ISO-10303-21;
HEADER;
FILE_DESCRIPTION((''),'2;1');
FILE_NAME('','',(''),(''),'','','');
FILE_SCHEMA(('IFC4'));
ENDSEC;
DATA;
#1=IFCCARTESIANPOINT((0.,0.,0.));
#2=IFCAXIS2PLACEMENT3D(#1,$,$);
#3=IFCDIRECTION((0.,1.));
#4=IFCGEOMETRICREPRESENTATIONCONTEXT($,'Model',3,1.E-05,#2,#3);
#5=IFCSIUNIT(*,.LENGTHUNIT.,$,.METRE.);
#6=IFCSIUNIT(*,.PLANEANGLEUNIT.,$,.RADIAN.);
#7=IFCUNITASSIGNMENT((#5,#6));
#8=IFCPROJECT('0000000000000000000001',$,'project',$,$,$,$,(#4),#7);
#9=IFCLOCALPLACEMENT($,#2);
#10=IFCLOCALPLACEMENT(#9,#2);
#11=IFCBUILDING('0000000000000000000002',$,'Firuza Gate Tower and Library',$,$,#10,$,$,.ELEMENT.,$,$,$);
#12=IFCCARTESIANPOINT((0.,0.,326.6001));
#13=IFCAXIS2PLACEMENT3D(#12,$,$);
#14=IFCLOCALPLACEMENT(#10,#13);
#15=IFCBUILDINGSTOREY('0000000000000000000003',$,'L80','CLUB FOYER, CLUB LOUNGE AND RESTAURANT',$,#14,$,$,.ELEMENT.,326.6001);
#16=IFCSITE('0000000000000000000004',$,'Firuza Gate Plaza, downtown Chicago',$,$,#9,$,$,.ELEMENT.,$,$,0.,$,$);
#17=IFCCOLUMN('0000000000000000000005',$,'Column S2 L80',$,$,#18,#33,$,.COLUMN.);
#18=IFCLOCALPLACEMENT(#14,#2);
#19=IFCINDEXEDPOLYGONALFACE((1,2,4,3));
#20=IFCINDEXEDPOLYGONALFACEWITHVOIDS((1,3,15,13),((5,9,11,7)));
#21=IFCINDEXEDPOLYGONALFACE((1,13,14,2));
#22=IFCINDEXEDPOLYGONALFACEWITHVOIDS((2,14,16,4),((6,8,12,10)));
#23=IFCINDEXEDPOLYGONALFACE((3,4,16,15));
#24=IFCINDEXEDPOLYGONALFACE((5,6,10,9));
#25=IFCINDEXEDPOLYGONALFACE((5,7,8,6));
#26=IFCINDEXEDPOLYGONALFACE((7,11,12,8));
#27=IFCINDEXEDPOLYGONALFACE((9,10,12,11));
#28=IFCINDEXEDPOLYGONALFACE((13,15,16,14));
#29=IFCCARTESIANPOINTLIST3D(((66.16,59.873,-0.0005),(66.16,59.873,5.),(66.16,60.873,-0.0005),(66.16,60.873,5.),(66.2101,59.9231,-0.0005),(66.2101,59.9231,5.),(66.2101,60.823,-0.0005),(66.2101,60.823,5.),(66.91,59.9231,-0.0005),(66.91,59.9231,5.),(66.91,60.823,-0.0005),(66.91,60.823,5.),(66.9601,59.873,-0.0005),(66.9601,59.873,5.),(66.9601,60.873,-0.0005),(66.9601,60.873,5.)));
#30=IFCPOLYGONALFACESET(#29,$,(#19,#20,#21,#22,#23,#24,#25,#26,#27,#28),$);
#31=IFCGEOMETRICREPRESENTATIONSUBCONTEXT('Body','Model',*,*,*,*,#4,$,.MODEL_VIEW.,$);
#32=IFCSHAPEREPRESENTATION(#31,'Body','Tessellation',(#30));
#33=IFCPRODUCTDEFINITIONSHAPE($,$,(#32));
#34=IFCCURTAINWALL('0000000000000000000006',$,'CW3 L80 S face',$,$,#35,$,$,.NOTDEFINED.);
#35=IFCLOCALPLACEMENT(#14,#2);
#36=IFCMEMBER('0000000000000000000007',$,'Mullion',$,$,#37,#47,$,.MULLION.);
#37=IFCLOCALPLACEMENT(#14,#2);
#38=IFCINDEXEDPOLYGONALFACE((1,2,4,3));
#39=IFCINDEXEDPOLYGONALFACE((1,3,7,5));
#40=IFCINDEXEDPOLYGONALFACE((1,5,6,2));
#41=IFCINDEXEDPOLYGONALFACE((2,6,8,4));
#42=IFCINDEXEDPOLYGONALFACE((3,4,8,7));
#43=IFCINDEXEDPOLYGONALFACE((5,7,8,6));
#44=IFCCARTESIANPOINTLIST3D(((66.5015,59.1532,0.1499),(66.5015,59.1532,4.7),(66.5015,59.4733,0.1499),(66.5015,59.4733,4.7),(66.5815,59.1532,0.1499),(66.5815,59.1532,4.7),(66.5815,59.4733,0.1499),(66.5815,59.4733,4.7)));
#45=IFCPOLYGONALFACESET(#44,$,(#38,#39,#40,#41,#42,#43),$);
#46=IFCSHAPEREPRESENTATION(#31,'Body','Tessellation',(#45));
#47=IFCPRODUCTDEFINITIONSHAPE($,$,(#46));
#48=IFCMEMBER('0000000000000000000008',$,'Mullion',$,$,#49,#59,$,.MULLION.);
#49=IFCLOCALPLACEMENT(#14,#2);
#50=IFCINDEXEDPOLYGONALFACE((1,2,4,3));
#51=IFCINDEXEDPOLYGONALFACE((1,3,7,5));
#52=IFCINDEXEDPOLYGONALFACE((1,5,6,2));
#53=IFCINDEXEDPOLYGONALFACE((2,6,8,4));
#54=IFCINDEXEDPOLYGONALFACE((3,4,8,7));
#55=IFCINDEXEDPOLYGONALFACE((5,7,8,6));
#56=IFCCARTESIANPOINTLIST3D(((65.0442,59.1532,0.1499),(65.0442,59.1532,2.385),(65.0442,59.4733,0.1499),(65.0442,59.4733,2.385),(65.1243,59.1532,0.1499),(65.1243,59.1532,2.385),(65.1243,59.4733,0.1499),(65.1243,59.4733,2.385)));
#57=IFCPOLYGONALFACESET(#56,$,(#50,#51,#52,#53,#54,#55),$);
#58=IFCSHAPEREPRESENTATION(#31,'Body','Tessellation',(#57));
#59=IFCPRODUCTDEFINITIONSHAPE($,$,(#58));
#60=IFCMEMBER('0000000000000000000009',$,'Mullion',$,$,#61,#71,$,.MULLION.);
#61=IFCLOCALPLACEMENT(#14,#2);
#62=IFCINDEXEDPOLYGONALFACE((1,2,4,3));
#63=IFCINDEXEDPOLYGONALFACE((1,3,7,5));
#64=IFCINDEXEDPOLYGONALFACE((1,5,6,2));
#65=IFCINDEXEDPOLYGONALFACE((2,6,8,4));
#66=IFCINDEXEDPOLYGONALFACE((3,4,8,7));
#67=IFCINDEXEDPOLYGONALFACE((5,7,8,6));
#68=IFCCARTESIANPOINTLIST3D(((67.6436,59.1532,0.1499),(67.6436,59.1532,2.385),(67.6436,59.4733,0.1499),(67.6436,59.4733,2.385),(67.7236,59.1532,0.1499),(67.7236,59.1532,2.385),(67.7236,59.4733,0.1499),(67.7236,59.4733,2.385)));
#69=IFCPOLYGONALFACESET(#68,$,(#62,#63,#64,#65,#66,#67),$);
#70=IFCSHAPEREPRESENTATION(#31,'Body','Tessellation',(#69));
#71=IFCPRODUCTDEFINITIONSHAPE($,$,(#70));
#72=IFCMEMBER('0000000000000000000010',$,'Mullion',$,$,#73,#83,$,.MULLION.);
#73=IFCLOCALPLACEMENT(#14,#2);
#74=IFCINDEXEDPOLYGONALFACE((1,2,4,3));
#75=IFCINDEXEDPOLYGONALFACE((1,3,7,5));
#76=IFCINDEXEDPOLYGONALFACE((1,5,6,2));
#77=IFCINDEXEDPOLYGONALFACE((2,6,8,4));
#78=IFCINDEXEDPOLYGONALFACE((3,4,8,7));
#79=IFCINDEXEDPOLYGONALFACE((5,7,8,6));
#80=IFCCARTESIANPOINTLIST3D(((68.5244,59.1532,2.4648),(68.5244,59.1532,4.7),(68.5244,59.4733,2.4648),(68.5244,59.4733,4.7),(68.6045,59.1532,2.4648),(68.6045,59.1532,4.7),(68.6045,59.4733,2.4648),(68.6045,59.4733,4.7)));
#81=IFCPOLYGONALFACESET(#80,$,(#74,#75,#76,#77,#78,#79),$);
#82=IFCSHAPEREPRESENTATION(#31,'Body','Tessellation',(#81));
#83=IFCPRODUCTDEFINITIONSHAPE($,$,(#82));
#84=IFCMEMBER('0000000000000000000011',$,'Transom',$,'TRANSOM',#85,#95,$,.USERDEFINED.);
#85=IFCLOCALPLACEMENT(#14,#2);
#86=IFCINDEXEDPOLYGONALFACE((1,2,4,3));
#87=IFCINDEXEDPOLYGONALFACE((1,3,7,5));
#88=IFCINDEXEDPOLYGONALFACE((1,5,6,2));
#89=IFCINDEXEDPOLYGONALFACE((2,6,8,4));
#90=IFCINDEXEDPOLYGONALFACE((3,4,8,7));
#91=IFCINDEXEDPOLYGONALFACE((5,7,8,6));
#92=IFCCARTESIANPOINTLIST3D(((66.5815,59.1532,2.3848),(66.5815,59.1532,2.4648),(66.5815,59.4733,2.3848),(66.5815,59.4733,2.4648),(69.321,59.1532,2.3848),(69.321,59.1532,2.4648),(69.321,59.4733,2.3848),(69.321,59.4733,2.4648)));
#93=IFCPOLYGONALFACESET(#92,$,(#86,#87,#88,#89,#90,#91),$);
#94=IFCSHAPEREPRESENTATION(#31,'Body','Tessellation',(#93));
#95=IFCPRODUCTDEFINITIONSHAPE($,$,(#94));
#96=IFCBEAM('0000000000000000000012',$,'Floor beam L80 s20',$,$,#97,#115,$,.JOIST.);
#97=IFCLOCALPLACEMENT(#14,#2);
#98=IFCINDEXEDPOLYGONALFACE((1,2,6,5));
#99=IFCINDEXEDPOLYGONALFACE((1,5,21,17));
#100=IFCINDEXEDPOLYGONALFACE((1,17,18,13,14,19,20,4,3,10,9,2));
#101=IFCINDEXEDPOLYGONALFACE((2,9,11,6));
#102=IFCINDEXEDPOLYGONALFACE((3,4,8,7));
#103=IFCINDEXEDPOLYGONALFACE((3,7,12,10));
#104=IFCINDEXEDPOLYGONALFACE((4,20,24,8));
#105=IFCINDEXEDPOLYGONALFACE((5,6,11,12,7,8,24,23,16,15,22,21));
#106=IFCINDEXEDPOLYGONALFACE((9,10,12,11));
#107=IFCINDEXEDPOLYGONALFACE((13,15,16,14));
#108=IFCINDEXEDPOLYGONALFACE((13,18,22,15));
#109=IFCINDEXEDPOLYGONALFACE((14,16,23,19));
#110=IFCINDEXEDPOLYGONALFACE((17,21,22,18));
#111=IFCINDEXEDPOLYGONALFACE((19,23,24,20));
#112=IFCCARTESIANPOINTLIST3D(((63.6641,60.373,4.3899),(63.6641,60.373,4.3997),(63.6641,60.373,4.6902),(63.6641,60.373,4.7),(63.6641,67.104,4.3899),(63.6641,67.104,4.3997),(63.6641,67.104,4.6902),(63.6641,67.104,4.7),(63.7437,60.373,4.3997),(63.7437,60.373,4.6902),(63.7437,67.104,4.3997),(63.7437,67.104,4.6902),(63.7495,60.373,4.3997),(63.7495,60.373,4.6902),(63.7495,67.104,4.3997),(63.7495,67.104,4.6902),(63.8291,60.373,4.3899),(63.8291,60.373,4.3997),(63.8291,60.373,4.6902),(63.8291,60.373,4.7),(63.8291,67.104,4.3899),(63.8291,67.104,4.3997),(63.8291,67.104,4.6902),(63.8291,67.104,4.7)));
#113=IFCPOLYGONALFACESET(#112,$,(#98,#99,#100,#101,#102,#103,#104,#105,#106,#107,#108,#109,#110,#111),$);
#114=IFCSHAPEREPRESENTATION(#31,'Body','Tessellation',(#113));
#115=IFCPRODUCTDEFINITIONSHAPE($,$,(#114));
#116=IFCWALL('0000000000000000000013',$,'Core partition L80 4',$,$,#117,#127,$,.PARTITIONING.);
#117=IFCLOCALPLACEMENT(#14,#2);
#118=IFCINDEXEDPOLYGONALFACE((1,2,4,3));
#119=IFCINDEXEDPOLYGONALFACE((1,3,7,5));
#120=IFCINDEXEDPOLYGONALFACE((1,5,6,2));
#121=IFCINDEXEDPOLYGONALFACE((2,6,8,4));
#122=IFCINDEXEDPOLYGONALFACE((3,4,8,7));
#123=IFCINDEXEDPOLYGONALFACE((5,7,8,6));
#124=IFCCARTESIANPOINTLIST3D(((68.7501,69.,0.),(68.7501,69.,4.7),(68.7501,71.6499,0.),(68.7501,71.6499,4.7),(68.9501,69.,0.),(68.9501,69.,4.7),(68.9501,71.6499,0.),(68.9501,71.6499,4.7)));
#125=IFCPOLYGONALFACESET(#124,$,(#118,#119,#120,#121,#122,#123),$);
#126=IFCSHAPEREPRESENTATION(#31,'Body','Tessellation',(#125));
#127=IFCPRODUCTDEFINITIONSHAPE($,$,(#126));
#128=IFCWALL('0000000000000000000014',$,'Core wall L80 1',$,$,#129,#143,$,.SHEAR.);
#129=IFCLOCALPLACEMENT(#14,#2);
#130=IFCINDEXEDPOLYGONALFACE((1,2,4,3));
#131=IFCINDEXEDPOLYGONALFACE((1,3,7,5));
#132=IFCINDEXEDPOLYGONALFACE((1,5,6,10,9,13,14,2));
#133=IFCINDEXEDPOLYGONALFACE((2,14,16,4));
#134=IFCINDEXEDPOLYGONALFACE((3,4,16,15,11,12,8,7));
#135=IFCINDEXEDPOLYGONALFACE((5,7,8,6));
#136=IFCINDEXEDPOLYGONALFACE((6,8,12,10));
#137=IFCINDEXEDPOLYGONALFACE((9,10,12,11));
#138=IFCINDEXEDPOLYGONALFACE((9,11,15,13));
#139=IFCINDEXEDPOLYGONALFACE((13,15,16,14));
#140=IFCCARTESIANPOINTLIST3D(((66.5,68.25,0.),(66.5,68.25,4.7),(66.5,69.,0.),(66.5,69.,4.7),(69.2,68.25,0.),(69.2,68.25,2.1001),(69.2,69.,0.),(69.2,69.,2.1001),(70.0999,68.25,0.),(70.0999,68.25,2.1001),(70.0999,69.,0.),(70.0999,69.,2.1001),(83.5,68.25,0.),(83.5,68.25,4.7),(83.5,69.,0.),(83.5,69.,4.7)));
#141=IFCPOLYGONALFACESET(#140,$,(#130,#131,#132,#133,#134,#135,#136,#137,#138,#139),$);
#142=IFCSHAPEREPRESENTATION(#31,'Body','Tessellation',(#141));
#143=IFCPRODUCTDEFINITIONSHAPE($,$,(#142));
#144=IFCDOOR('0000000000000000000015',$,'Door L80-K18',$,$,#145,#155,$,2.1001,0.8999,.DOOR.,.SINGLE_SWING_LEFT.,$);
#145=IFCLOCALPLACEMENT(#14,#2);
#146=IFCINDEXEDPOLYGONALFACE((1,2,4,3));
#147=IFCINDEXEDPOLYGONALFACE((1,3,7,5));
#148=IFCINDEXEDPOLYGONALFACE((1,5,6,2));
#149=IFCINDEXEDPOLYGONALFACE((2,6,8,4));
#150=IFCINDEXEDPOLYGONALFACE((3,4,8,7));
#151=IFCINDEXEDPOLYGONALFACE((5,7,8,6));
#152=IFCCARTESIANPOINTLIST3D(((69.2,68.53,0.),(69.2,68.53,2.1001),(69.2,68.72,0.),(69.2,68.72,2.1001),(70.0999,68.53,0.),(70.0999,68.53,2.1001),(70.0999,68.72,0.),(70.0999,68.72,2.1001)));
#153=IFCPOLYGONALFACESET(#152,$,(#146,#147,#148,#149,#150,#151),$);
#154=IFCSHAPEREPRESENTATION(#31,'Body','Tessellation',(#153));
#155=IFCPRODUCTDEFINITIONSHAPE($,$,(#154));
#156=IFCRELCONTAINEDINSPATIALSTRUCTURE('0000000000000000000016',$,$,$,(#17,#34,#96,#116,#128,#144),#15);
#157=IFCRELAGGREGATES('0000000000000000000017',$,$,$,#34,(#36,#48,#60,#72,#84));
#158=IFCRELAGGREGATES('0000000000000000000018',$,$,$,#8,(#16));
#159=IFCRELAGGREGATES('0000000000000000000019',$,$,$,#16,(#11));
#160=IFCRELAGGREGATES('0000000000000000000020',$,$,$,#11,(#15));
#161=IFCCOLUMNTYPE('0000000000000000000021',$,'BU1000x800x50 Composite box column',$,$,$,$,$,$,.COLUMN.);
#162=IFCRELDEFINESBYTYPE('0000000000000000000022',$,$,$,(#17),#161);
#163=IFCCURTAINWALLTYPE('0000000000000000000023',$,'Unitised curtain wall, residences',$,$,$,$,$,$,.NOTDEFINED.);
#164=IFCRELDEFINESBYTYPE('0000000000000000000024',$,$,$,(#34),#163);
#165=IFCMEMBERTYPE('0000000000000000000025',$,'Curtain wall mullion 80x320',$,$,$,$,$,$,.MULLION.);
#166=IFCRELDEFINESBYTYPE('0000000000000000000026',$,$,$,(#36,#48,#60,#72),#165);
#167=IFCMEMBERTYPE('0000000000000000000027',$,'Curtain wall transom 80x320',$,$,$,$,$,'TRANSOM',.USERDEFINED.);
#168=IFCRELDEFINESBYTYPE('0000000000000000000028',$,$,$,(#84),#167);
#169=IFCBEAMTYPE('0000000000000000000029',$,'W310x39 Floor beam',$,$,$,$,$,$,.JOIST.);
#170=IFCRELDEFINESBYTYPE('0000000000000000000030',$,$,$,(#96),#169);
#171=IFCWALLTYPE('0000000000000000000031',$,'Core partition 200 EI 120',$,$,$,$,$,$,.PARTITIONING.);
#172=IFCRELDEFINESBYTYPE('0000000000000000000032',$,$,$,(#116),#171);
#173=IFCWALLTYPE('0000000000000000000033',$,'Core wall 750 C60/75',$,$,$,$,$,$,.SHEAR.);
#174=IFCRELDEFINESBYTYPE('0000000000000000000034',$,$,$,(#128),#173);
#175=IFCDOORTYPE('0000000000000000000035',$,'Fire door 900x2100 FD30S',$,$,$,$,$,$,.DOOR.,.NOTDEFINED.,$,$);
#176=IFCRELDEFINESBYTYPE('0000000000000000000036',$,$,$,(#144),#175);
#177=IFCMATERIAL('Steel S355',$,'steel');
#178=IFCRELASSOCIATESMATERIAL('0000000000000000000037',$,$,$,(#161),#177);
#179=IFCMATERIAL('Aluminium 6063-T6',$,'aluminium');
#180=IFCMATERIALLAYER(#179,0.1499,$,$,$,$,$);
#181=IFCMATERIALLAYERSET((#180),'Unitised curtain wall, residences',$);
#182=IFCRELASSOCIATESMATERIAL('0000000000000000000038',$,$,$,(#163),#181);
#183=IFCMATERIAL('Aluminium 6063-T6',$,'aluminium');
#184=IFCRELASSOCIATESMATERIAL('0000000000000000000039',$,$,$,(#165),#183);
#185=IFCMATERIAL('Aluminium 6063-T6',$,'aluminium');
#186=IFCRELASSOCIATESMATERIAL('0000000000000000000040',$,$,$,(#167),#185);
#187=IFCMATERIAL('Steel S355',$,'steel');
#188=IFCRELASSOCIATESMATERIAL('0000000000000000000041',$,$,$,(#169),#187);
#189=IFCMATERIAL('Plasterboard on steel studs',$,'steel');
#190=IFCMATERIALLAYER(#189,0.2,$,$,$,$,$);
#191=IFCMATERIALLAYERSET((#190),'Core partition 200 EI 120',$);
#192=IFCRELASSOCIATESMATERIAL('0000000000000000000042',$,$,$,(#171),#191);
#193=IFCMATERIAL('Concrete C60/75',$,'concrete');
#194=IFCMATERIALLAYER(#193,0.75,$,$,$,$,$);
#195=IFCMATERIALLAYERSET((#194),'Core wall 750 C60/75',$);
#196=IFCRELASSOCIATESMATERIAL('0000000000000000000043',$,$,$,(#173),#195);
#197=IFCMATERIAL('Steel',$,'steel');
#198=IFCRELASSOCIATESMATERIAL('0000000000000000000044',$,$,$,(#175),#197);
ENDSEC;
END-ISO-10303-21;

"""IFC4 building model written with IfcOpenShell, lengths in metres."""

from ifc_helpers import new_model, si_unit, direction, frame, frame_2d, origin, origin_2d, place, context, subcontext, project, spatial, rectangle, hollow_rectangle, i_section, extrude, material, layer, layer_set, material_profile, profile_set, type_object, element, fill, aggregate, save


model = new_model("IFC4")

# Units and contexts
model_context = context("Model", 3, precision=1e-05, world=origin(), true_north=direction((0.0, 1.0)))
body_context = subcontext(model_context, "Body", "Model", "MODEL_VIEW")
ifc_project = project(units=[si_unit("LENGTHUNIT", "METRE"), si_unit("PLANEANGLEUNIT", "RADIAN")], contexts=[model_context])

# Site, building, storey
site_placement = place(None, origin())
site = spatial("IfcSite", under=ifc_project, at=site_placement, Name="Firuza Gate Plaza, downtown Chicago", CompositionType="ELEMENT", RefElevation=0.0)
building_placement = place(site_placement, origin())
building = spatial("IfcBuilding", under=site, at=building_placement, Name="Firuza Gate Tower and Library", CompositionType="ELEMENT")
storey_placement = place(building_placement, frame((0.0, 0.0, 326.6001)))
storey = spatial("IfcBuildingStorey", under=building, at=storey_placement, Name="L80", Description="CLUB FOYER, CLUB LOUNGE AND RESTAURANT", CompositionType="ELEMENT", Elevation=326.6001)

# Column
ifc_material_1 = material(Name="Steel S355", Category="steel")
ifc_material_profile_1 = material_profile(ifc_material_1, hollow_rectangle(XDim=0.8, YDim=1.0, WallThickness=0.05, at=origin_2d()))
ifc_profile_set_1 = profile_set([ifc_material_profile_1], Name="Steel S355")
column_type = type_object("IfcColumnType", Name="BU1000x800x50 Composite box column", PredefinedType="COLUMN", material=ifc_profile_set_1)
column_placement = place(storey_placement, frame((66.5601, 60.373, -0.0005), z_axis=(0.0, 0.0, 1.0), x_axis=(1.0, 0.0, 0.0)))
element("IfcColumn", 1, at=column_placement, inside=storey, type_object=column_type, Name="Column S2 L80", PredefinedType="COLUMN", context=body_context, shape_type="SweptSolid", body=[
    extrude(hollow_rectangle(XDim=0.8, YDim=1.0, WallThickness=0.05, at=origin_2d()), origin(), (0.0, 0.0, 1.0), 5.0005),
])

# Curtain wall, members
ifc_material_2 = material(Name="Aluminium 6063-T6", Category="aluminium")
ifc_layer_1 = layer(ifc_material_2, 0.1499)
ifc_layer_set_1 = layer_set([ifc_layer_1], Name="Unitised curtain wall, residences")
curtain_wall_type = type_object("IfcCurtainWallType", Name="Unitised curtain wall, residences", PredefinedType="NOTDEFINED", material=ifc_layer_set_1)
curtain_wall_placement = place(storey_placement, origin())
curtain_wall = element("IfcCurtainWall", 2, at=curtain_wall_placement, inside=storey, type_object=curtain_wall_type, Name="CW3 L80 S face", PredefinedType="NOTDEFINED")
ifc_material_3 = material(Name="Aluminium 6063-T6", Category="aluminium")
ifc_material_profile_2 = material_profile(ifc_material_3, rectangle(XDim=0.3201, YDim=0.0801, at=origin_2d()))
ifc_profile_set_2 = profile_set([ifc_material_profile_2], Name="Aluminium 6063-T6")
member_type_1 = type_object("IfcMemberType", Name="Curtain wall mullion 80x320", PredefinedType="MULLION", material=ifc_profile_set_2)
member_1_placement = place(storey_placement, frame((66.5415, 59.3132, 0.1499), z_axis=(0.0, 0.0, 1.0), x_axis=(0.0, 1.0, 0.0)))
member_1 = element("IfcMember", 3, at=member_1_placement, type_object=member_type_1, Name="Mullion", PredefinedType="MULLION", context=body_context, shape_type="SweptSolid", body=[
    extrude(rectangle(XDim=0.3201, YDim=0.0801, at=origin_2d()), origin(), (0.0, 0.0, 1.0), 4.55),
])
member_2_placement = place(storey_placement, frame((65.0842, 59.3132, 0.1499), z_axis=(0.0, 0.0, 1.0), x_axis=(0.0, 1.0, 0.0)))
member_2 = element("IfcMember", 4, at=member_2_placement, type_object=member_type_1, Name="Mullion", PredefinedType="MULLION", context=body_context, shape_type="SweptSolid", body=[
    extrude(rectangle(XDim=0.3201, YDim=0.0801, at=origin_2d()), origin(), (0.0, 0.0, 1.0), 2.2351),
])
member_3_placement = place(storey_placement, frame((67.6836, 59.3132, 0.1499), z_axis=(0.0, 0.0, 1.0), x_axis=(0.0, 1.0, 0.0)))
member_3 = element("IfcMember", 5, at=member_3_placement, type_object=member_type_1, Name="Mullion", PredefinedType="MULLION", context=body_context, shape_type="SweptSolid", body=[
    extrude(rectangle(XDim=0.3201, YDim=0.0801, at=origin_2d()), origin(), (0.0, 0.0, 1.0), 2.2351),
])
member_4_placement = place(storey_placement, frame((68.5645, 59.3132, 2.4648), z_axis=(0.0, 0.0, 1.0), x_axis=(0.0, 1.0, 0.0)))
member_4 = element("IfcMember", 6, at=member_4_placement, type_object=member_type_1, Name="Mullion", PredefinedType="MULLION", context=body_context, shape_type="SweptSolid", body=[
    extrude(rectangle(XDim=0.3201, YDim=0.0801, at=origin_2d()), origin(), (0.0, 0.0, 1.0), 2.2351),
])
ifc_material_4 = material(Name="Aluminium 6063-T6", Category="aluminium")
ifc_material_profile_3 = material_profile(ifc_material_4, rectangle(XDim=0.3201, YDim=0.0801, at=origin_2d()))
ifc_profile_set_3 = profile_set([ifc_material_profile_3], Name="Aluminium 6063-T6")
member_type_2 = type_object("IfcMemberType", Name="Curtain wall transom 80x320", ElementType="TRANSOM", PredefinedType="USERDEFINED", material=ifc_profile_set_3)
member_5_placement = place(storey_placement, frame((66.5815, 59.3132, 2.4248), z_axis=(1.0, 0.0, 0.0), x_axis=(0.0, 1.0, 0.0)))
member_5 = element("IfcMember", 7, at=member_5_placement, type_object=member_type_2, Name="Transom", ObjectType="TRANSOM", PredefinedType="USERDEFINED", context=body_context, shape_type="SweptSolid", body=[
    extrude(rectangle(XDim=0.3201, YDim=0.0801, at=origin_2d()), origin(), (0.0, 0.0, 1.0), 2.7395),
])
aggregate(curtain_wall, [member_1, member_2, member_3, member_4, member_5])

# Beam
ifc_material_5 = material(Name="Steel S355", Category="steel")
ifc_material_profile_4 = material_profile(ifc_material_5, i_section(OverallWidth=0.165, OverallDepth=0.3101, WebThickness=0.0059, FlangeThickness=0.0098, at=origin_2d()))
ifc_profile_set_4 = profile_set([ifc_material_profile_4], Name="Steel S355")
beam_type = type_object("IfcBeamType", Name="W310x39 Floor beam", PredefinedType="JOIST", material=ifc_profile_set_4)
beam_placement = place(storey_placement, frame((63.7466, 60.373, 4.5449), z_axis=(0.0, 1.0, 0.0), x_axis=(-1.0, 0.0, 0.0)))
element("IfcBeam", 8, at=beam_placement, inside=storey, type_object=beam_type, Name="Floor beam L80 s20", PredefinedType="JOIST", context=body_context, shape_type="SweptSolid", body=[
    extrude(i_section(OverallWidth=0.165, OverallDepth=0.3101, WebThickness=0.0059, FlangeThickness=0.0098, at=origin_2d()), origin(), (0.0, 0.0, 1.0), 6.731),
])

# Wall
ifc_material_6 = material(Name="Plasterboard on steel studs", Category="steel")
ifc_layer_2 = layer(ifc_material_6, 0.2)
ifc_layer_set_2 = layer_set([ifc_layer_2], Name="Core partition 200 EI 120")
wall_type_1 = type_object("IfcWallType", Name="Core partition 200 EI 120", PredefinedType="PARTITIONING", material=ifc_layer_set_2)
wall_1_placement = place(storey_placement, frame((68.8501, 69.0, 0.0), z_axis=(0.0, 0.0, 1.0), x_axis=(0.0, 1.0, 0.0)))
element("IfcWall", 9, at=wall_1_placement, inside=storey, type_object=wall_type_1, Name="Core partition L80 4", PredefinedType="PARTITIONING", context=body_context, shape_type="SweptSolid", body=[
    extrude(rectangle(XDim=2.6499, YDim=0.2, at=frame_2d((1.325, 0.0))), origin(), (0.0, 0.0, 1.0), 4.7),
])

# Wall, opening, door
ifc_material_7 = material(Name="Concrete C60/75", Category="concrete")
ifc_layer_3 = layer(ifc_material_7, 0.75)
ifc_layer_set_3 = layer_set([ifc_layer_3], Name="Core wall 750 C60/75")
wall_type_2 = type_object("IfcWallType", Name="Core wall 750 C60/75", PredefinedType="SHEAR", material=ifc_layer_set_3)
wall_2_placement = place(storey_placement, frame((66.5, 68.625, 0.0), z_axis=(0.0, 0.0, 1.0), x_axis=(1.0, 0.0, 0.0)))
wall_2 = element("IfcWall", 10, at=wall_2_placement, inside=storey, type_object=wall_type_2, Name="Core wall L80 1", PredefinedType="SHEAR", context=body_context, shape_type="SweptSolid", body=[
    extrude(rectangle(XDim=17.0, YDim=0.75, at=frame_2d((8.5, 0.0))), origin(), (0.0, 0.0, 1.0), 4.7),
])
opening_1_placement = place(wall_2_placement, frame((2.7, 0.0, 0.0)))
opening_1 = element("IfcOpeningElement", 11, at=opening_1_placement, cuts=wall_2, PredefinedType="OPENING", context=body_context, shape_type="SweptSolid", body=[
    extrude(rectangle(XDim=0.8999, YDim=2.1001, at=frame_2d((0.45, 1.05))), frame((0.0, 0.385, 0.0), z_axis=(0.0, -1.0, 0.0), x_axis=(1.0, 0.0, 0.0)), (0.0, 0.0, 1.0), 0.77),
])
ifc_material_8 = material(Name="Steel", Category="steel")
door_type_1 = type_object("IfcDoorType", Name="Fire door 900x2100 FD30S", OperationType="NOTDEFINED", PredefinedType="DOOR", material=ifc_material_8)
door_1_placement = place(opening_1_placement, origin())
door_1 = element("IfcDoor", 12, at=door_1_placement, inside=storey, type_object=door_type_1, Name="Door L80-K18", OperationType="SINGLE_SWING_LEFT", OverallHeight=2.1001, OverallWidth=0.8999, PredefinedType="DOOR", context=body_context, shape_type="SweptSolid", body=[
    extrude(rectangle(XDim=0.8999, YDim=2.1001, at=frame_2d((0.45, 1.05))), frame((0.0, 0.095, 0.0), z_axis=(0.0, -1.0, 0.0), x_axis=(1.0, 0.0, 0.0)), (0.0, 0.0, 1.0), 0.1899),
])
fill(opening_1, door_1)

save(model, "model.ifc")
